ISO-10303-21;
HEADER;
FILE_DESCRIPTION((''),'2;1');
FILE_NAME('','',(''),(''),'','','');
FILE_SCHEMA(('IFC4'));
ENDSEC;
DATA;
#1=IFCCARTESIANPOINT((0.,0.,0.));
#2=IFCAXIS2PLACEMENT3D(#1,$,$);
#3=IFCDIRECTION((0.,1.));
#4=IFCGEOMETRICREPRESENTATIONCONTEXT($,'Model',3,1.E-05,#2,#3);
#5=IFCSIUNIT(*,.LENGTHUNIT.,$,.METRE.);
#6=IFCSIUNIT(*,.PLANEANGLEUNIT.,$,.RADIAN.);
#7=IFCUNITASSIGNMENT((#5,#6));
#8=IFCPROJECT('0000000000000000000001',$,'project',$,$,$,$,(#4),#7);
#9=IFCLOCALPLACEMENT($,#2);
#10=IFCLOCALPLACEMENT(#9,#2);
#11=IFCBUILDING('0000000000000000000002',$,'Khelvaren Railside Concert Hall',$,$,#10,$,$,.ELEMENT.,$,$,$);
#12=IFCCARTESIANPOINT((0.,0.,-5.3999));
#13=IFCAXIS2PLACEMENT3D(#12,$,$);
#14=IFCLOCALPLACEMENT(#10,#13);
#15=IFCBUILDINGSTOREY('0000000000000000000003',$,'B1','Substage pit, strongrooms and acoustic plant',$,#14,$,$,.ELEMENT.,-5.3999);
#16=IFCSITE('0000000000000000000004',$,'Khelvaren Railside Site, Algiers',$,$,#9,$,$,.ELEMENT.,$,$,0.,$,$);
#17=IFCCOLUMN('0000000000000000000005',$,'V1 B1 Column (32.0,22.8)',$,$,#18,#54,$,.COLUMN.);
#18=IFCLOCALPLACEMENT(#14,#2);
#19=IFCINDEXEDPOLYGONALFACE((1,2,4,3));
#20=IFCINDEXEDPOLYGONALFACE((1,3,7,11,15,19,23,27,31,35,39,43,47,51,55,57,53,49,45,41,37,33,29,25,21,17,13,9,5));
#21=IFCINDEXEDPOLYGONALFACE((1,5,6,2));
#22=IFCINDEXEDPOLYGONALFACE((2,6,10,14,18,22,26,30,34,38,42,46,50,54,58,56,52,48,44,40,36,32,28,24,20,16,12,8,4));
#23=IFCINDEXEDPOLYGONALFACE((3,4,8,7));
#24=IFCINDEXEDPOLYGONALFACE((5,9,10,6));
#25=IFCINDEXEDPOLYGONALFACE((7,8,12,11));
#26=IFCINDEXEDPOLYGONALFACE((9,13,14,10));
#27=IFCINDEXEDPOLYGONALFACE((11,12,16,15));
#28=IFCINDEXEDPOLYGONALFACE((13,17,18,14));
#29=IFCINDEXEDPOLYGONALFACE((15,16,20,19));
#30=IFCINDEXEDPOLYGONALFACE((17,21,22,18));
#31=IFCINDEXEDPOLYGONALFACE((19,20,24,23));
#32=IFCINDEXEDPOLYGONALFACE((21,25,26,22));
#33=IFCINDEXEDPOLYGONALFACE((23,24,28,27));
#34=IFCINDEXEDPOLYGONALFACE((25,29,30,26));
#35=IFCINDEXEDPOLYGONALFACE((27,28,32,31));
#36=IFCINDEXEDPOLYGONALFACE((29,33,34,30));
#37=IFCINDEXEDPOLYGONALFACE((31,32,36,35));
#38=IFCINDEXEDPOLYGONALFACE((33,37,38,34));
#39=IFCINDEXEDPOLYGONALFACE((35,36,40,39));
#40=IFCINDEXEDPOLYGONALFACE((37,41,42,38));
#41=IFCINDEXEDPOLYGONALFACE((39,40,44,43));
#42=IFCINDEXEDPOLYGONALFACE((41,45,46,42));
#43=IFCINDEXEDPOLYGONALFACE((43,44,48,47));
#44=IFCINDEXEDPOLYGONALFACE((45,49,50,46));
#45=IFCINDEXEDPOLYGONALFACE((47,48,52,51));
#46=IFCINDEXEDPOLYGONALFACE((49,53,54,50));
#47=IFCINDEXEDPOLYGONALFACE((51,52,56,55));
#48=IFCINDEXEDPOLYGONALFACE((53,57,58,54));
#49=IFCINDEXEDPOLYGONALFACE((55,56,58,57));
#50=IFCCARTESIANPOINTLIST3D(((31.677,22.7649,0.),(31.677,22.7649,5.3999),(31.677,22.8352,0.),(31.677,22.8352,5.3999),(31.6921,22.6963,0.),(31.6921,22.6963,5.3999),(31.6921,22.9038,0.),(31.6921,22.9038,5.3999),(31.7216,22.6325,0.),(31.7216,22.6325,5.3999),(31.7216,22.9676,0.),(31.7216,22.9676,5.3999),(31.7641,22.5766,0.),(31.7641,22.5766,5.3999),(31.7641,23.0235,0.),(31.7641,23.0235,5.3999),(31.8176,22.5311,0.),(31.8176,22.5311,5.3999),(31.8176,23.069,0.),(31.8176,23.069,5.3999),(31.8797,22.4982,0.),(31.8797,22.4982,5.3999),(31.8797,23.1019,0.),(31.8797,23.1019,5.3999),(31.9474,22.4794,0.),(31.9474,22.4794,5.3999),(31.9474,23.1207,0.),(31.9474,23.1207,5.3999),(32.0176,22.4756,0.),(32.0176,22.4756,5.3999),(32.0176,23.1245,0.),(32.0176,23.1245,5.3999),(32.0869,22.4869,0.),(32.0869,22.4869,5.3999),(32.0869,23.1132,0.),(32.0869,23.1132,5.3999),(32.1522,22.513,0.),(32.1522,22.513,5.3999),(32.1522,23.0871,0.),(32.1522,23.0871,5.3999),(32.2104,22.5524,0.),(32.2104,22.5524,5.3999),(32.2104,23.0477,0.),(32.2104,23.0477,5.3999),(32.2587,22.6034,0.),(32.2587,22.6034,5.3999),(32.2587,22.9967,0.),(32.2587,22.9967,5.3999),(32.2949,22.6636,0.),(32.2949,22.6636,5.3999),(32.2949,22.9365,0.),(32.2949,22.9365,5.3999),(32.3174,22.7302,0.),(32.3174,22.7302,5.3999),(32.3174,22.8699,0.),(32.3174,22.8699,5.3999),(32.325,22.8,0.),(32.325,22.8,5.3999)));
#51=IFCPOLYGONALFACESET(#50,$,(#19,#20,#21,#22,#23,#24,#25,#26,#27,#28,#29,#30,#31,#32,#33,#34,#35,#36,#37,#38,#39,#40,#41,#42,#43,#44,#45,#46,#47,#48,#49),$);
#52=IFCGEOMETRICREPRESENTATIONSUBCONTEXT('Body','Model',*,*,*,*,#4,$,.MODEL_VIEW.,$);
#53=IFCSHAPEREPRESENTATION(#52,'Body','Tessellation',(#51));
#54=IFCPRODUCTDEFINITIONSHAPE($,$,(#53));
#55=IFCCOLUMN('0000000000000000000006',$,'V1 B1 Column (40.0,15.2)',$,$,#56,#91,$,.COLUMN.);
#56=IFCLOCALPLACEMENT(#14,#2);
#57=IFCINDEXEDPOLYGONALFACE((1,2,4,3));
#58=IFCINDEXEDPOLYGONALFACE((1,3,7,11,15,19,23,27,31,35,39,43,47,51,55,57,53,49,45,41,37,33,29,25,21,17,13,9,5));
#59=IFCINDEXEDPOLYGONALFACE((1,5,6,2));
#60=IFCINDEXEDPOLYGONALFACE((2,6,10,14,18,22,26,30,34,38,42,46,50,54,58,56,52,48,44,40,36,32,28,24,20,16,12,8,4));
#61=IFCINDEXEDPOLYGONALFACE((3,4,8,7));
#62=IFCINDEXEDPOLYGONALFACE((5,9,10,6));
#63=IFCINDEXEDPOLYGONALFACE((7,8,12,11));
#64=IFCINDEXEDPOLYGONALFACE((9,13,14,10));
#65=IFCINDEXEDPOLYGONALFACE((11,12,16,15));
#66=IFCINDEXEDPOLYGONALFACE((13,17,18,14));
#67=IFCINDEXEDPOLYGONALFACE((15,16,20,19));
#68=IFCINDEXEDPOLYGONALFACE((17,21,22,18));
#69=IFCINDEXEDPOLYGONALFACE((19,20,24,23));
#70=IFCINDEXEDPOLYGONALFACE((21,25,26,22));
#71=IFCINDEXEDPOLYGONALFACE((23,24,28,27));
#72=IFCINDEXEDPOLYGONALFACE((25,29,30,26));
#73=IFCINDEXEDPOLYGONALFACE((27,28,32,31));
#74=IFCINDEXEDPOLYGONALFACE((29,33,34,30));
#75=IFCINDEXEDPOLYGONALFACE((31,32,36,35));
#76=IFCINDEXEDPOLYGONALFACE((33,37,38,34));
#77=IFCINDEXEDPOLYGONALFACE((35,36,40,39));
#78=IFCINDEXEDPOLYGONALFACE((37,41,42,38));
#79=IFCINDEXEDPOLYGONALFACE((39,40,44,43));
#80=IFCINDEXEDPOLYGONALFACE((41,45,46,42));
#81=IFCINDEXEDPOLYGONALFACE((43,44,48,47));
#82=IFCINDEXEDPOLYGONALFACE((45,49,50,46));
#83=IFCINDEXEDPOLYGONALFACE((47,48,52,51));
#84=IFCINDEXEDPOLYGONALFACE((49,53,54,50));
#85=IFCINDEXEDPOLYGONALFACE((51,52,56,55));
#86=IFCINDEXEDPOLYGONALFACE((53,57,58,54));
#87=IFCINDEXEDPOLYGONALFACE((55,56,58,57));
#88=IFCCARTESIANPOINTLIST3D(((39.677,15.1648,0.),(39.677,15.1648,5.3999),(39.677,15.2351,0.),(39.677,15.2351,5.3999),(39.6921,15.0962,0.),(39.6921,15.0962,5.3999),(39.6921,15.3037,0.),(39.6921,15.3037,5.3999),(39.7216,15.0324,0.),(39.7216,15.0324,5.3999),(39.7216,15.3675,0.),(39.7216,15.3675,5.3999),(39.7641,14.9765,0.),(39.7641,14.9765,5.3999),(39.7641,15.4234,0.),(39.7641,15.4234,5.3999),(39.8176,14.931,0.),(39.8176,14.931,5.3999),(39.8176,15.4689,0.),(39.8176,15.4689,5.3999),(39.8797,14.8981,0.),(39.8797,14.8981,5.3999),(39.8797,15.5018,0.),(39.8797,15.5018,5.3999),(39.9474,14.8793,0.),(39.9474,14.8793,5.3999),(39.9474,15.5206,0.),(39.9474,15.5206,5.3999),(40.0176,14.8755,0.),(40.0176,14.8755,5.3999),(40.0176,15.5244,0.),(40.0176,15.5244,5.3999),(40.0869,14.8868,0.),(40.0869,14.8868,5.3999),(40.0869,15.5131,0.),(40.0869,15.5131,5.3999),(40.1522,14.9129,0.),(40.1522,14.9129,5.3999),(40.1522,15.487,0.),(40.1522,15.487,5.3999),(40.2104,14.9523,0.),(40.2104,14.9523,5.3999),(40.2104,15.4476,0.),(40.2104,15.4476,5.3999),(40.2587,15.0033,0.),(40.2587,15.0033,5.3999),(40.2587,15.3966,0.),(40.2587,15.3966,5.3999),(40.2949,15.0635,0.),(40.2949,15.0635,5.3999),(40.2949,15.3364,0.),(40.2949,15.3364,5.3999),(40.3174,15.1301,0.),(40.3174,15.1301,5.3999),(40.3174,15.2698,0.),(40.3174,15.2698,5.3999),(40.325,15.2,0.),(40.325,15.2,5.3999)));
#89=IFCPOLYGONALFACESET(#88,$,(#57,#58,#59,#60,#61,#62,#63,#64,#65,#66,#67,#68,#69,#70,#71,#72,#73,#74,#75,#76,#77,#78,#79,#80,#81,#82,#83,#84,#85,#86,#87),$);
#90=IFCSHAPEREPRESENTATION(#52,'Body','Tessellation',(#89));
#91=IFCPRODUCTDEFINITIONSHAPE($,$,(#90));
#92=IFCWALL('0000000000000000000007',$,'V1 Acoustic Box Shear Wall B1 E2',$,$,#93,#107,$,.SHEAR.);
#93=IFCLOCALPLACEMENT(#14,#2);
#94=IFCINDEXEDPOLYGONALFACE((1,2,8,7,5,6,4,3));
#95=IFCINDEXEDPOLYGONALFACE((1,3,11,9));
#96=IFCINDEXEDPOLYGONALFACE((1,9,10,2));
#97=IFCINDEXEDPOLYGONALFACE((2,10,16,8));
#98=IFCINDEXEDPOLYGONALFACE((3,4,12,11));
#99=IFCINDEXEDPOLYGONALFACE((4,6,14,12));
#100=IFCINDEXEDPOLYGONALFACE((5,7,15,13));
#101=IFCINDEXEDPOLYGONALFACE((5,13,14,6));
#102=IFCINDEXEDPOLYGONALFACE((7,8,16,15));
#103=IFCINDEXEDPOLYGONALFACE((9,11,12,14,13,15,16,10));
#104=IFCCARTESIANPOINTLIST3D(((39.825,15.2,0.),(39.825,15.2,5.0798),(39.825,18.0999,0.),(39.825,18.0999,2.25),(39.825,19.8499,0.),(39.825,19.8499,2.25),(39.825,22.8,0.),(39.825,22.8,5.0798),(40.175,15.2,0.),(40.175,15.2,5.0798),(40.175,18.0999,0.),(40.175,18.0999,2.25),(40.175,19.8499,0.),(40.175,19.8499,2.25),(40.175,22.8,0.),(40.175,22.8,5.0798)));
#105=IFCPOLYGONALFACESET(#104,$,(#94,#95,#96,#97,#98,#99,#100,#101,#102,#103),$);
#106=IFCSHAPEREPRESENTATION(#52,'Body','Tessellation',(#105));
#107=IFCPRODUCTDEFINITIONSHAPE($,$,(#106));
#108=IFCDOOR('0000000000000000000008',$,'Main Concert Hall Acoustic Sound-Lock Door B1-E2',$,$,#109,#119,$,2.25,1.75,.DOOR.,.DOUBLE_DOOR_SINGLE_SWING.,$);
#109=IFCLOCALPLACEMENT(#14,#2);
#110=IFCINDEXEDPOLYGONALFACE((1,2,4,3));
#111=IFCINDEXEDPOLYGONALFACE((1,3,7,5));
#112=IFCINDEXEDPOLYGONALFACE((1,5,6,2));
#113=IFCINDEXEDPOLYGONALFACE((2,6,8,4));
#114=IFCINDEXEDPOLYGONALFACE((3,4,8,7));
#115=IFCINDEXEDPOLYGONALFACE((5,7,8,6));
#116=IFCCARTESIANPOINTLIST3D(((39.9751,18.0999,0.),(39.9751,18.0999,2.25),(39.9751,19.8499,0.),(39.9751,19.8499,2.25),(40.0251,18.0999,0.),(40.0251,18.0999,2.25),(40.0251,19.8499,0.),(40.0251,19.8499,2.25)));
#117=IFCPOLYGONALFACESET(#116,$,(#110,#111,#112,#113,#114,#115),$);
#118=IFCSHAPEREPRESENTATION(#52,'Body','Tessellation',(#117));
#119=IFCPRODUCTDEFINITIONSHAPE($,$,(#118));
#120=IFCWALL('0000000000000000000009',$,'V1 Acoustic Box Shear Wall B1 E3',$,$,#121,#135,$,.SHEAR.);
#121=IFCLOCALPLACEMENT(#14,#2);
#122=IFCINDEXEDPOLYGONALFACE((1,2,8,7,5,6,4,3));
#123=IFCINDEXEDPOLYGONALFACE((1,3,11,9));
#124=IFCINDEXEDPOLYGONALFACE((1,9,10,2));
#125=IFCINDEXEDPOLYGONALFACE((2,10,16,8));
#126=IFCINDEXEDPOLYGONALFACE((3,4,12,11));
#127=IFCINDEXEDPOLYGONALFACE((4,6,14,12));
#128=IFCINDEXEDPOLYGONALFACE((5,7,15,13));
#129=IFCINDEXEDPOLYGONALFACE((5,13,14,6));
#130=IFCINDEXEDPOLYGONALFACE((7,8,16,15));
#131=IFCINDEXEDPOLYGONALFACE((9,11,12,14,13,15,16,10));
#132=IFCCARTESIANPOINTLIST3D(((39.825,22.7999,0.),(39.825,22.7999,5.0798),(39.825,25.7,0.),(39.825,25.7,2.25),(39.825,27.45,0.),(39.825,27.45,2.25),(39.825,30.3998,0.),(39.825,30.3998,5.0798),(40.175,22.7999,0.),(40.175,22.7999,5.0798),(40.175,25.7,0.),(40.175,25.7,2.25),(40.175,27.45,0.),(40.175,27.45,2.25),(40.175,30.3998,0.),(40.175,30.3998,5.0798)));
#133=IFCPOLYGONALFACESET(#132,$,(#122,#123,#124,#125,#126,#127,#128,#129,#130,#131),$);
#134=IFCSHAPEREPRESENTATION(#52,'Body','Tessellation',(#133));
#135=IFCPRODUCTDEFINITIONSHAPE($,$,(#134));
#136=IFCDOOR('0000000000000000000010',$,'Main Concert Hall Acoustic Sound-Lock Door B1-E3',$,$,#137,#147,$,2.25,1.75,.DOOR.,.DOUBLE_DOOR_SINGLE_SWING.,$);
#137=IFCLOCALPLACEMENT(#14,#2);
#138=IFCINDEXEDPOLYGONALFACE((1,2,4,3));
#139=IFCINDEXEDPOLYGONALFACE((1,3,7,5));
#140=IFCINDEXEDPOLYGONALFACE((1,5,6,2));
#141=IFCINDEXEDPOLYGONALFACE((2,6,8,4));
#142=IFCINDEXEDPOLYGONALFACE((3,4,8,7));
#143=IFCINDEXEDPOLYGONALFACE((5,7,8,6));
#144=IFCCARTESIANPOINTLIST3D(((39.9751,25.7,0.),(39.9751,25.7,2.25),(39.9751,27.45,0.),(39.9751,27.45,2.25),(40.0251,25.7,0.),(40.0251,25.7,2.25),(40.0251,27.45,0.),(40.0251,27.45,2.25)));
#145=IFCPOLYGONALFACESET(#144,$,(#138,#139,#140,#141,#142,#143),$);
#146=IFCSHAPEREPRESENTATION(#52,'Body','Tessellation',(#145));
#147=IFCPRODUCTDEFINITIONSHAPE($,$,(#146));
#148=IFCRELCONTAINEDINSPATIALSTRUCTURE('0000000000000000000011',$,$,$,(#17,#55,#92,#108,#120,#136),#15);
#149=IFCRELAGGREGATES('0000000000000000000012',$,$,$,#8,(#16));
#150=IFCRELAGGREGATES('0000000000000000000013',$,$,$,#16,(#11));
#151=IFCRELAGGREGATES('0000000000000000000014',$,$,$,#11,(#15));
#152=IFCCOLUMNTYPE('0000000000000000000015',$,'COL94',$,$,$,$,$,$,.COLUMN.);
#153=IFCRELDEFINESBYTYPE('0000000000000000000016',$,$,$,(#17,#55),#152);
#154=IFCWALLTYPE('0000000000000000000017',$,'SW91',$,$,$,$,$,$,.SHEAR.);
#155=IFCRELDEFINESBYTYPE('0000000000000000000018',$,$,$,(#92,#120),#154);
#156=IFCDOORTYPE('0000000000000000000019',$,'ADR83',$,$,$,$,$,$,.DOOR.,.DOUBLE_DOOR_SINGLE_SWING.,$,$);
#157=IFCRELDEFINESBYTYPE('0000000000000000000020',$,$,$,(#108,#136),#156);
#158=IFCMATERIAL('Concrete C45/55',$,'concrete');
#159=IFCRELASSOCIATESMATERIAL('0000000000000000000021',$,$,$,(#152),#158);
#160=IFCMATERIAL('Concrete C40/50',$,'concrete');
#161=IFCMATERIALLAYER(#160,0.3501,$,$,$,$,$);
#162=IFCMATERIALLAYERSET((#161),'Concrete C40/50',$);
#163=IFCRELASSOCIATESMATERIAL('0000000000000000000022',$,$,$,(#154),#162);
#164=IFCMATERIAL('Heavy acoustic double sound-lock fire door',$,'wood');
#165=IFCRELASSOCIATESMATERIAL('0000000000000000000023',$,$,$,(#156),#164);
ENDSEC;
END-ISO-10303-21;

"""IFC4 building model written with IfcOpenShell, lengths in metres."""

from ifc_helpers import new_model, si_unit, direction, frame, frame_2d, origin, origin_2d, place, context, subcontext, project, spatial, rectangle, circle, extrude, material, layer, layer_set, material_profile, profile_set, type_object, element, fill, save


model = new_model("IFC4")

# Units and contexts
model_context = context("Model", 3, precision=1e-05, world=origin(), true_north=direction((0.0, 1.0)))
body_context = subcontext(model_context, "Body", "Model", "MODEL_VIEW")
ifc_project = project(units=[si_unit("LENGTHUNIT", "METRE"), si_unit("PLANEANGLEUNIT", "RADIAN")], contexts=[model_context])

# Site, building, storey
site_placement = place(None, origin())
site = spatial("IfcSite", under=ifc_project, at=site_placement, Name="Khelvaren Railside Site, Algiers", CompositionType="ELEMENT", RefElevation=0.0)
building_placement = place(site_placement, origin())
building = spatial("IfcBuilding", under=site, at=building_placement, Name="Khelvaren Railside Concert Hall", CompositionType="ELEMENT")
storey_placement = place(building_placement, frame((0.0, 0.0, -5.3999)))
storey = spatial("IfcBuildingStorey", under=building, at=storey_placement, Name="B1", Description="Substage pit, strongrooms and acoustic plant", CompositionType="ELEMENT", Elevation=-5.3999)

# Columns
ifc_material_1 = material(Name="Concrete C45/55", Category="concrete")
ifc_material_profile_1 = material_profile(ifc_material_1, circle(Radius=0.325, at=origin_2d()), Name="RC D650")
ifc_profile_set_1 = profile_set([ifc_material_profile_1], Name="Concrete C45/55")
column_type_1 = type_object("IfcColumnType", Name="COL94", PredefinedType="COLUMN", material=ifc_profile_set_1)
for number, where, z_axis, x_axis, name in (
    (1, (32.0, 22.8, 0.0), (0.0, 0.0, 1.0), (1.0, 0.0, 0.0), "V1 B1 Column (32.0,22.8)"),
    (2, (40.0, 15.2, 0.0), (0.0, 0.0, 1.0), (1.0, 0.0, 0.0), "V1 B1 Column (40.0,15.2)"),
):
    element("IfcColumn", number, at=place(storey_placement, frame(where, z_axis=z_axis, x_axis=x_axis)), inside=storey, type_object=column_type_1, Name=name, PredefinedType="COLUMN", context=body_context, shape_type="SweptSolid", body=[
        extrude(circle(Radius=0.325, at=origin_2d()), origin(), (0.0, 0.0, 1.0), 5.3999),
    ])

# Walls, openings, doors
ifc_material_2 = material(Name="Concrete C40/50", Category="concrete")
ifc_layer = layer(ifc_material_2, 0.3501)
ifc_layer_set = layer_set([ifc_layer], Name="Concrete C40/50")
wall_type = type_object("IfcWallType", Name="SW91", PredefinedType="SHEAR", material=ifc_layer_set)
wall_1_placement = place(storey_placement, frame((40.0, 15.2, 0.0), z_axis=(0.0, 0.0, 1.0), x_axis=(0.0, 1.0, 0.0)))
wall_1 = element("IfcWall", 3, at=wall_1_placement, inside=storey, type_object=wall_type, Name="V1 Acoustic Box Shear Wall B1 E2", PredefinedType="SHEAR", context=body_context, shape_type="SweptSolid", body=[
    extrude(rectangle(XDim=7.6001, YDim=0.3501, at=frame_2d((3.8, 0.0))), origin(), (0.0, 0.0, 1.0), 5.0798),
])
opening_1_placement = place(wall_1_placement, frame((2.8999, 0.0, 0.0)))
opening_1 = element("IfcOpeningElement", 4, at=opening_1_placement, cuts=wall_1, PredefinedType="OPENING", context=body_context, shape_type="SweptSolid", body=[
    extrude(rectangle(XDim=1.75, YDim=2.25, at=frame_2d((0.875, 1.125))), frame((0.0, 0.1851, 0.0), z_axis=(0.0, -1.0, 0.0), x_axis=(1.0, 0.0, 0.0)), (0.0, 0.0, 1.0), 0.3701),
])
ifc_material_3 = material(Name="Heavy acoustic double sound-lock fire door", Category="wood")
door_type = type_object("IfcDoorType", Name="ADR83", OperationType="DOUBLE_DOOR_SINGLE_SWING", PredefinedType="DOOR", material=ifc_material_3)
door_1_placement = place(opening_1_placement, origin())
door_1 = element("IfcDoor", 5, at=door_1_placement, inside=storey, type_object=door_type, Name="Main Concert Hall Acoustic Sound-Lock Door B1-E2", OperationType="DOUBLE_DOOR_SINGLE_SWING", OverallHeight=2.25, OverallWidth=1.75, PredefinedType="DOOR", context=body_context, shape_type="SweptSolid", body=[
    extrude(rectangle(XDim=1.75, YDim=2.25, at=frame_2d((0.875, 1.125))), frame((0.0, 0.0249, 0.0), z_axis=(0.0, -1.0, 0.0), x_axis=(1.0, 0.0, 0.0)), (0.0, 0.0, 1.0), 0.05),
])
fill(opening_1, door_1)
wall_2_placement = place(storey_placement, frame((40.0, 22.8, 0.0), z_axis=(0.0, 0.0, 1.0), x_axis=(0.0, 1.0, 0.0)))
wall_2 = element("IfcWall", 6, at=wall_2_placement, inside=storey, type_object=wall_type, Name="V1 Acoustic Box Shear Wall B1 E3", PredefinedType="SHEAR", context=body_context, shape_type="SweptSolid", body=[
    extrude(rectangle(XDim=7.5999, YDim=0.3501, at=frame_2d((3.7998, 0.0))), origin(), (0.0, 0.0, 1.0), 5.0798),
])
opening_2_placement = place(wall_2_placement, frame((2.8999, 0.0, 0.0)))
opening_2 = element("IfcOpeningElement", 7, at=opening_2_placement, cuts=wall_2, PredefinedType="OPENING", context=body_context, shape_type="SweptSolid", body=[
    extrude(rectangle(XDim=1.75, YDim=2.25, at=frame_2d((0.875, 1.125))), frame((0.0, 0.1851, 0.0), z_axis=(0.0, -1.0, 0.0), x_axis=(1.0, 0.0, 0.0)), (0.0, 0.0, 1.0), 0.3701),
])
door_2_placement = place(opening_2_placement, origin())
door_2 = element("IfcDoor", 8, at=door_2_placement, inside=storey, type_object=door_type, Name="Main Concert Hall Acoustic Sound-Lock Door B1-E3", OperationType="DOUBLE_DOOR_SINGLE_SWING", OverallHeight=2.25, OverallWidth=1.75, PredefinedType="DOOR", context=body_context, shape_type="SweptSolid", body=[
    extrude(rectangle(XDim=1.75, YDim=2.25, at=frame_2d((0.875, 1.125))), frame((0.0, 0.0249, 0.0), z_axis=(0.0, -1.0, 0.0), x_axis=(1.0, 0.0, 0.0)), (0.0, 0.0, 1.0), 0.05),
])
fill(opening_2, door_2)

save(model, "model.ifc")
